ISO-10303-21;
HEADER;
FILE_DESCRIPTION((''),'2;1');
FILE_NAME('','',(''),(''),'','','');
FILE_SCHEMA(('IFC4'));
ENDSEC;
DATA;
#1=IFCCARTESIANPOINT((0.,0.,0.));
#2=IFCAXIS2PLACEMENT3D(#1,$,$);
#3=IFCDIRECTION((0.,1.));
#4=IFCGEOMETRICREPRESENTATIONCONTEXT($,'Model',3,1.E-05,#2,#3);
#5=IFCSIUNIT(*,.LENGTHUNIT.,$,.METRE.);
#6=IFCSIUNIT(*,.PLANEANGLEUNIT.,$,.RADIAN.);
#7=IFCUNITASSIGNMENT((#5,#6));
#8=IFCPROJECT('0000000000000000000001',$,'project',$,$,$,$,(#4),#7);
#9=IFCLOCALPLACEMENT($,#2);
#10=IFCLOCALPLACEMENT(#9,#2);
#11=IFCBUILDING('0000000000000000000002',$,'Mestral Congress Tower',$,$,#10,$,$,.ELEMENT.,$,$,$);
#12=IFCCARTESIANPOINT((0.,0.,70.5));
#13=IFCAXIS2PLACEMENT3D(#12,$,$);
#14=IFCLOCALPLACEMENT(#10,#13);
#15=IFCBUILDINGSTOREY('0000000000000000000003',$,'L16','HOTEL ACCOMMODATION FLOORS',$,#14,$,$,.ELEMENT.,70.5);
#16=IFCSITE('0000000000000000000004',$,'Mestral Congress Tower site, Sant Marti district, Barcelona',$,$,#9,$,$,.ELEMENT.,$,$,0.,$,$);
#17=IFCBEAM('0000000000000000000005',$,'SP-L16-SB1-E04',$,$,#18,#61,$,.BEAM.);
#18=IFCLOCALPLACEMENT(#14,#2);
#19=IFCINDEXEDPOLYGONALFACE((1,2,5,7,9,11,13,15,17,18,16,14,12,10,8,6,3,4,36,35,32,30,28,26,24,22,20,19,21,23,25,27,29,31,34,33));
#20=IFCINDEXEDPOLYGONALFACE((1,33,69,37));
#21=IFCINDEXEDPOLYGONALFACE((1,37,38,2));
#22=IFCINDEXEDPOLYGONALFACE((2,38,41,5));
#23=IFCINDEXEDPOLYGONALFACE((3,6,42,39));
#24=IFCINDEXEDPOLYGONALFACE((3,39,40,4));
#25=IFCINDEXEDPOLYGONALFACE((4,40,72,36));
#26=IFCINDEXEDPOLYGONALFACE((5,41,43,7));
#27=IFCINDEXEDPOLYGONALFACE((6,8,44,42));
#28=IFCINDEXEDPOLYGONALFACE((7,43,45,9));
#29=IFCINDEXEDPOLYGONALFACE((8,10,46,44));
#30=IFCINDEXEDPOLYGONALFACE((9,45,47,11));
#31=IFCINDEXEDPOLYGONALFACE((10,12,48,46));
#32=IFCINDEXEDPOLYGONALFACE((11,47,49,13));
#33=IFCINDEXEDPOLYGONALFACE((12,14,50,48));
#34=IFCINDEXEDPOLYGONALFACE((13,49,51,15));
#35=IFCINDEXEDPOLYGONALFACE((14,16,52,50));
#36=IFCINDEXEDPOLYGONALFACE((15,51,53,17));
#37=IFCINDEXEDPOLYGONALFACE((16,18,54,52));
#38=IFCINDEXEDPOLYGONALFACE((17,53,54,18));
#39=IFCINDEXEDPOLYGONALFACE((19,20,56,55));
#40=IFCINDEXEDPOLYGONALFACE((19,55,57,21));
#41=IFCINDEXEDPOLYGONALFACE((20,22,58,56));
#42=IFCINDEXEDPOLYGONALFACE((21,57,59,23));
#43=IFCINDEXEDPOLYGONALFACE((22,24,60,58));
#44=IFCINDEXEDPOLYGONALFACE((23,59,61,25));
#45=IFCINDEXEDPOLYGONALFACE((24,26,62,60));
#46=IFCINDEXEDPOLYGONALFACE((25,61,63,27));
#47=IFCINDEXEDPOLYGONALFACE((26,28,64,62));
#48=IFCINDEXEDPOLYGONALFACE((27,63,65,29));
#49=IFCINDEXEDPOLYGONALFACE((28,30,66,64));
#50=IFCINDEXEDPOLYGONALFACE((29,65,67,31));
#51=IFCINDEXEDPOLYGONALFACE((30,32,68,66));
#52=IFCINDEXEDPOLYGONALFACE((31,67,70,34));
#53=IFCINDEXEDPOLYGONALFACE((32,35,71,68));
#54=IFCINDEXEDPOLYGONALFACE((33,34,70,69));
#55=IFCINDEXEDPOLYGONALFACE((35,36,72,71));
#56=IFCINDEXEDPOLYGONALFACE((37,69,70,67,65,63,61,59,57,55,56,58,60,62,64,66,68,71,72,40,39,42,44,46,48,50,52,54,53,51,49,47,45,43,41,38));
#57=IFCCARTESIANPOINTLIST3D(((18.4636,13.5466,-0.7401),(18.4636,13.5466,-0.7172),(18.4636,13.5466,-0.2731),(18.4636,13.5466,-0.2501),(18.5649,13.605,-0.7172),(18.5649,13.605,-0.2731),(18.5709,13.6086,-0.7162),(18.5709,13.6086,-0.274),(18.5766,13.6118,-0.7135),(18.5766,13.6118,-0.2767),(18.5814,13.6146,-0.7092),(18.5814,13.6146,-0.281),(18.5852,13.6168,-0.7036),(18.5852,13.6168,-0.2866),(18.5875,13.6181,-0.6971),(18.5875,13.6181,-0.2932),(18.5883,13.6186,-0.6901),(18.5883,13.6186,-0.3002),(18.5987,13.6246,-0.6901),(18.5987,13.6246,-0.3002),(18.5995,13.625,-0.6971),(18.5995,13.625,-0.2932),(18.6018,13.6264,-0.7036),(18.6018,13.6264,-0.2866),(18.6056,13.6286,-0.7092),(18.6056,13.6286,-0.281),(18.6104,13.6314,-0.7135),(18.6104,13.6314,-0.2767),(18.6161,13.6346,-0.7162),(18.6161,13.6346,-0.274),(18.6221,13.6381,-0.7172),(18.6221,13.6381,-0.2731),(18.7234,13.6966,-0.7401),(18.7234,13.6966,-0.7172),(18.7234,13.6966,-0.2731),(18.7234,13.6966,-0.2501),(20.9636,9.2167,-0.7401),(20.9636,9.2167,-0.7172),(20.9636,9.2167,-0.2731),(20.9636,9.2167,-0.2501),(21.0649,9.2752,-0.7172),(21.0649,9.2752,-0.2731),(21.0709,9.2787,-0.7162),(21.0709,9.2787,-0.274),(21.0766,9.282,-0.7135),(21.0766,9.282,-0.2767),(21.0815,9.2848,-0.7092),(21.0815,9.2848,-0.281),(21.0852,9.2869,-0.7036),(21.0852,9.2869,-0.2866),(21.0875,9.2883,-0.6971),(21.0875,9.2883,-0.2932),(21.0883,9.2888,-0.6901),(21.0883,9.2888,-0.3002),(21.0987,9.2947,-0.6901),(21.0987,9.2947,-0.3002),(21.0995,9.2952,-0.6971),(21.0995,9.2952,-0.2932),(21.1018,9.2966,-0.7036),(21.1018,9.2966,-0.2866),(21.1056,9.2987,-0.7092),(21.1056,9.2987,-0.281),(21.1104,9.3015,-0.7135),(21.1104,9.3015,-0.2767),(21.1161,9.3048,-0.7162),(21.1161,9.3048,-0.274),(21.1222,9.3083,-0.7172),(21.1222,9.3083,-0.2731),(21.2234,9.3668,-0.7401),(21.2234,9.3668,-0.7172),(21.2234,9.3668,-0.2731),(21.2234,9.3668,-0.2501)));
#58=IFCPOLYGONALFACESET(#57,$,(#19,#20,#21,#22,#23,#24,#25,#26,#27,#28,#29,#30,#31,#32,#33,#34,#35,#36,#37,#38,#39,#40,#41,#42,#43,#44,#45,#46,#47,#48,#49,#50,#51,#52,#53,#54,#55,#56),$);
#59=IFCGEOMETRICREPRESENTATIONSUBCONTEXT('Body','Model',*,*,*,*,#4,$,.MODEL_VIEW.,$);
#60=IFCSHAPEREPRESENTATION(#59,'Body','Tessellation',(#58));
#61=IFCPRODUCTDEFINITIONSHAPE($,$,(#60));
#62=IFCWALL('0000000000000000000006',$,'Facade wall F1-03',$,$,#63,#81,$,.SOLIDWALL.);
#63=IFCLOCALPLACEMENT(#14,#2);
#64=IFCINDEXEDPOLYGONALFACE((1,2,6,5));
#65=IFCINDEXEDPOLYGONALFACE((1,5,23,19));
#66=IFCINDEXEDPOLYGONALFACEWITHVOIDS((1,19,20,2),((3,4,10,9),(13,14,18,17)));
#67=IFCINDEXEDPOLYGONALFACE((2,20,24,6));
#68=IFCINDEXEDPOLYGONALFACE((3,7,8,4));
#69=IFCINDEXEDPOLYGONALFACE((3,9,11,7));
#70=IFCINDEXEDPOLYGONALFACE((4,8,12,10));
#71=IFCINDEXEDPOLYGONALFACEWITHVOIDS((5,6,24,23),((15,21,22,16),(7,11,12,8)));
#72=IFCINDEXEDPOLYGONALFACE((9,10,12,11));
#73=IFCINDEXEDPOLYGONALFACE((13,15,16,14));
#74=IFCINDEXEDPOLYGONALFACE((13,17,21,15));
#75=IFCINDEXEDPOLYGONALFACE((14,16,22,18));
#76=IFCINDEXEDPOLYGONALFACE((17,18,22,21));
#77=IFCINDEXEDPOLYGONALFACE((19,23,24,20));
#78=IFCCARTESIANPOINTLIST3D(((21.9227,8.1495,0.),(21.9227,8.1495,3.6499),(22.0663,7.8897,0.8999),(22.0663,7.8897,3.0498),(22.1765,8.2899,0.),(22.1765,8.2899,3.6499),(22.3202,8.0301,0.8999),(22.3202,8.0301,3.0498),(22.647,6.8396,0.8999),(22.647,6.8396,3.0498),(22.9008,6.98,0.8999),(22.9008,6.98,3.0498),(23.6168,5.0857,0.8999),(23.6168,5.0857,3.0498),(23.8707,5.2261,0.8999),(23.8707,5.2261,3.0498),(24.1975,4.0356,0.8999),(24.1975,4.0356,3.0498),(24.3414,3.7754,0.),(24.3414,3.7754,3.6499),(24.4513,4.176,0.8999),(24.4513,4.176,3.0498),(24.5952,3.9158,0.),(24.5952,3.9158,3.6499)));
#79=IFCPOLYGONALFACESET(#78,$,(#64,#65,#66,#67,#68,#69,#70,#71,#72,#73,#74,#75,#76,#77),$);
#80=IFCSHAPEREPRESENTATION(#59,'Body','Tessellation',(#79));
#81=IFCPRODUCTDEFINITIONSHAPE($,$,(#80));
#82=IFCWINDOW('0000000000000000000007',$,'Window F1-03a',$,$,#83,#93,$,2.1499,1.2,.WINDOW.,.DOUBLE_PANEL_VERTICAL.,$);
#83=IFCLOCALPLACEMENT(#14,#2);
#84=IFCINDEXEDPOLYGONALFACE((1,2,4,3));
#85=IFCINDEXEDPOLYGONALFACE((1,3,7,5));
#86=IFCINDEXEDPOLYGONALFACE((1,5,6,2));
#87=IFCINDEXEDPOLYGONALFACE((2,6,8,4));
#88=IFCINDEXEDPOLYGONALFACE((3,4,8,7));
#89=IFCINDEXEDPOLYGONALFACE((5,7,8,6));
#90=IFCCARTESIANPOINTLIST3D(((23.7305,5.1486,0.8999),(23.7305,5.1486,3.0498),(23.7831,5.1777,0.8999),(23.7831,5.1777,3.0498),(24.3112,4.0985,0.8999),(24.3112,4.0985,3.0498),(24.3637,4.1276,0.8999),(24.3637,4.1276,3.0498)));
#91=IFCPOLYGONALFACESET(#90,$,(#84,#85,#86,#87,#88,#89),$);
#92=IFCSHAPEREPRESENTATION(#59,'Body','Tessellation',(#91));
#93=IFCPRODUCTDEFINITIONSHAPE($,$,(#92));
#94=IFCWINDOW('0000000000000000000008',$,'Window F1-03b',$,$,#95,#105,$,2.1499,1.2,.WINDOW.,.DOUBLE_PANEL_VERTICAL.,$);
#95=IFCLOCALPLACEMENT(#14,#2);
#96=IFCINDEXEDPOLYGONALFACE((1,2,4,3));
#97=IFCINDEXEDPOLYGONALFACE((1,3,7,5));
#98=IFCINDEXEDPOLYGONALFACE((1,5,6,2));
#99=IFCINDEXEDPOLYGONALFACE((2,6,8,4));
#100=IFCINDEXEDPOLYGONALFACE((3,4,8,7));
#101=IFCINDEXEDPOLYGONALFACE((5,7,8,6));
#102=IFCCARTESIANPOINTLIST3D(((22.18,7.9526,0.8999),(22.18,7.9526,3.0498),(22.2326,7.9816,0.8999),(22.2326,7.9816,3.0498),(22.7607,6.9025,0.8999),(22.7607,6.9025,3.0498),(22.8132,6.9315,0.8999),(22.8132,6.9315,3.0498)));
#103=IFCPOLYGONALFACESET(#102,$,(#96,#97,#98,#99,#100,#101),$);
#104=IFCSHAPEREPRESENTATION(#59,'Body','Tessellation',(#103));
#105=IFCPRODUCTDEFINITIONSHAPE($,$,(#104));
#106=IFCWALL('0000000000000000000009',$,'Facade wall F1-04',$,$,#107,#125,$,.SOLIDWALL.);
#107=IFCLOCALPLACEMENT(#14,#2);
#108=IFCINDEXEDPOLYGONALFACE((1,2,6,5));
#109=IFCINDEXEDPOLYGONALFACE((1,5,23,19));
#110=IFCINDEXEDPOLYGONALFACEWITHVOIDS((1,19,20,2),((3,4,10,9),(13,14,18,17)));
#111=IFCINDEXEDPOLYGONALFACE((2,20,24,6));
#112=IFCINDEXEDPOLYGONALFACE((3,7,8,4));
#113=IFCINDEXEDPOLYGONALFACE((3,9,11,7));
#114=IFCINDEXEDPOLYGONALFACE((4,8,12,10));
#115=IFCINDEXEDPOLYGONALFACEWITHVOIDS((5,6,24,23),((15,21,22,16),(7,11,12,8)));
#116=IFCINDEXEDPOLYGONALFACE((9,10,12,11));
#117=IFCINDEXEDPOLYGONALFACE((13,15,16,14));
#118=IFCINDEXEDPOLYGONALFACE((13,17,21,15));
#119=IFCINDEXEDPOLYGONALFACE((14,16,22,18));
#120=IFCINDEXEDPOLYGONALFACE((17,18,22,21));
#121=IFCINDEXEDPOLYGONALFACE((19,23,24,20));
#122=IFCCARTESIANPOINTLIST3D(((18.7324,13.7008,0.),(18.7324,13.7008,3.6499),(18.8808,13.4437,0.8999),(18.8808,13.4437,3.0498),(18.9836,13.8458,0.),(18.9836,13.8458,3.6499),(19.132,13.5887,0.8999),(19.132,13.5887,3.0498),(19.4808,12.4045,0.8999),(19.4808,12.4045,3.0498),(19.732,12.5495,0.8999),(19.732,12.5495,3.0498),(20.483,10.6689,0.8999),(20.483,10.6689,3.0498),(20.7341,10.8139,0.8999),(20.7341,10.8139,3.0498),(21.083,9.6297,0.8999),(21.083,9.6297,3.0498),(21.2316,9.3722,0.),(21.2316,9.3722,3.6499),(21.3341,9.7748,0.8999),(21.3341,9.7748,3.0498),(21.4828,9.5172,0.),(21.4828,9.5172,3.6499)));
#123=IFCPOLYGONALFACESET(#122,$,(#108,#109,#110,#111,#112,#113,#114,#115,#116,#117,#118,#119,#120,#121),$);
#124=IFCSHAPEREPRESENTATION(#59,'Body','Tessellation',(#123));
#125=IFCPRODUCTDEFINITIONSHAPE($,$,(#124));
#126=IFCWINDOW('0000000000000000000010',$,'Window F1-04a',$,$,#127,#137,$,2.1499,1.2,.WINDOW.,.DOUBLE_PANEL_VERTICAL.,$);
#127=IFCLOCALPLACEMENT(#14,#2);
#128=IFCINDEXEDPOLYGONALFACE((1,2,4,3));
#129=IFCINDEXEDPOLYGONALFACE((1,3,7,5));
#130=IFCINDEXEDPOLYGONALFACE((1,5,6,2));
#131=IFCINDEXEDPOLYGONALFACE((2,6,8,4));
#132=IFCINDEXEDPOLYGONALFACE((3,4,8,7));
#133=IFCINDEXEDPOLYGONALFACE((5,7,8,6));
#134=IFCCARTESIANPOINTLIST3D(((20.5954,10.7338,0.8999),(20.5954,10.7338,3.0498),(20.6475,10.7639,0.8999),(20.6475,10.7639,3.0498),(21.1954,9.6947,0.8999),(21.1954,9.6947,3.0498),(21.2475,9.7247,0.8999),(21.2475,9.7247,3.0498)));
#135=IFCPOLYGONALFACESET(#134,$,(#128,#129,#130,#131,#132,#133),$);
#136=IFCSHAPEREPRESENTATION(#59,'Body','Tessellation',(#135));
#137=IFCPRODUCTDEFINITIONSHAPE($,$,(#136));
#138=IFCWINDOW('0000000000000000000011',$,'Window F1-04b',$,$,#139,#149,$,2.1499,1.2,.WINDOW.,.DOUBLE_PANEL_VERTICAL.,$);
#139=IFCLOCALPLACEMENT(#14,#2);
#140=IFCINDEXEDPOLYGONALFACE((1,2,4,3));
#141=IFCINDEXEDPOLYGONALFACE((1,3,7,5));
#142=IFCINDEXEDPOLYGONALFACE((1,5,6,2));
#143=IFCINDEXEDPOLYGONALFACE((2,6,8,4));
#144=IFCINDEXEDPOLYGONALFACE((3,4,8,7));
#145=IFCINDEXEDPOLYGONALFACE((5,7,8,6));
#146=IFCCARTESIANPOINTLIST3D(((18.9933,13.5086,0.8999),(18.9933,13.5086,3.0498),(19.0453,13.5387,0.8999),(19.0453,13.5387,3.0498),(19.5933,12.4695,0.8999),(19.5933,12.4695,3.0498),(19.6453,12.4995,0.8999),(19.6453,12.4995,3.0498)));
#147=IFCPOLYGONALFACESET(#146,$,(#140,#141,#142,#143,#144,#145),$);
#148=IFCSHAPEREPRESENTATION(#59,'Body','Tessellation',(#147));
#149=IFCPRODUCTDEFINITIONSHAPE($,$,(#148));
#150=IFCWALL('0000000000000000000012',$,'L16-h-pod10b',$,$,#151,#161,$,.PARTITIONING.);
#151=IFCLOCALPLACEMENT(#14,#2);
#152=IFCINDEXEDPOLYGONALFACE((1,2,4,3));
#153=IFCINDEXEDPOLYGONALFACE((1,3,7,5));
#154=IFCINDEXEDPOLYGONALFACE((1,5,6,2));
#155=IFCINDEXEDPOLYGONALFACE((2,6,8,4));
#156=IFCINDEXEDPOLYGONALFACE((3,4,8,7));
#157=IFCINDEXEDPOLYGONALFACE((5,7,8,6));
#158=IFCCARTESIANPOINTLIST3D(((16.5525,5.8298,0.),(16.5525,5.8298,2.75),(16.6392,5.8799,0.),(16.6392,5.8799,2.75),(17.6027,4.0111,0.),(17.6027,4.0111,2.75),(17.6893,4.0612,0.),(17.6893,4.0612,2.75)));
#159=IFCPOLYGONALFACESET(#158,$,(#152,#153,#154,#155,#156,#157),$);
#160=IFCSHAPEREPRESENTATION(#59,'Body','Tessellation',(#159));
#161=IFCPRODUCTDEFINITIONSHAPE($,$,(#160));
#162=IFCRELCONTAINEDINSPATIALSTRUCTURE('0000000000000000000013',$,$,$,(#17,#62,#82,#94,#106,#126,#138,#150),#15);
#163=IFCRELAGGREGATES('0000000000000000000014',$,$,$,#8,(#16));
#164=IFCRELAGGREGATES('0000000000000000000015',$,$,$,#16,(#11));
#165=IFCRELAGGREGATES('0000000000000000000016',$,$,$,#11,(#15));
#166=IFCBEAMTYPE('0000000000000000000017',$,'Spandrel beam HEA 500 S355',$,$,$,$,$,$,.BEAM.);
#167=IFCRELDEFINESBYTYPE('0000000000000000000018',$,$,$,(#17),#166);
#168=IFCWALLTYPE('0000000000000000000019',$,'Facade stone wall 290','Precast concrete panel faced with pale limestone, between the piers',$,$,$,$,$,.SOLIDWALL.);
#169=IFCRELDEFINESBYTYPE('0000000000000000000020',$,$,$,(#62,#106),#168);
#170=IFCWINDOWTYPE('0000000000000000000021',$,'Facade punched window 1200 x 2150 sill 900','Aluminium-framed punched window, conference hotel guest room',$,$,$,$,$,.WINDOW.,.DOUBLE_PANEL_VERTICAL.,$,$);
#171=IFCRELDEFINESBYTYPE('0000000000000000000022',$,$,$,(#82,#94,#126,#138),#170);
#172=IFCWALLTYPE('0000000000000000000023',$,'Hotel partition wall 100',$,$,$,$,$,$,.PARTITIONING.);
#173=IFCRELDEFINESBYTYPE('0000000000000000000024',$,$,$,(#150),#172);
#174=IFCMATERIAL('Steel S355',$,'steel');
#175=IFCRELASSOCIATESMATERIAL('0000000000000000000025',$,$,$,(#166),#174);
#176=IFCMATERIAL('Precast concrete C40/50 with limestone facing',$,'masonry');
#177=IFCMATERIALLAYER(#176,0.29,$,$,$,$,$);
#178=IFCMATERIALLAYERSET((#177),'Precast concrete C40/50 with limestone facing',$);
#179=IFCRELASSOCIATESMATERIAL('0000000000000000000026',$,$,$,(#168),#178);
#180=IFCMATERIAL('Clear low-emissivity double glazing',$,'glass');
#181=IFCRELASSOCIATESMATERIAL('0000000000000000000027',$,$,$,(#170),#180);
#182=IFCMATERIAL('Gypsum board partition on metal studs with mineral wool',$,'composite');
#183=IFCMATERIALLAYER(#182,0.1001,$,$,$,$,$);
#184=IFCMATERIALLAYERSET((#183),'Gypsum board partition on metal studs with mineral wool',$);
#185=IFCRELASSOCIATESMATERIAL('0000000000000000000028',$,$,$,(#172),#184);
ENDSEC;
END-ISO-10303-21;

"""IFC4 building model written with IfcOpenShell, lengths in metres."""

from ifc_helpers import new_model, si_unit, direction, frame, frame_2d, origin, origin_2d, place, context, subcontext, project, spatial, rectangle, i_section, extrude, material, layer, layer_set, material_profile, profile_set, type_object, element, fill, save


model = new_model("IFC4")

# Units and contexts
model_context = context("Model", 3, precision=1e-05, world=origin(), true_north=direction((0.0, 1.0)))
body_context = subcontext(model_context, "Body", "Model", "MODEL_VIEW")
ifc_project = project(units=[si_unit("LENGTHUNIT", "METRE"), si_unit("PLANEANGLEUNIT", "RADIAN")], contexts=[model_context])

# Site, building, storey
site_placement = place(None, origin())
site = spatial("IfcSite", under=ifc_project, at=site_placement, Name="Mestral Congress Tower site, Sant Marti district, Barcelona", CompositionType="ELEMENT", RefElevation=0.0)
building_placement = place(site_placement, origin())
building = spatial("IfcBuilding", under=site, at=building_placement, Name="Mestral Congress Tower", CompositionType="ELEMENT")
storey_placement = place(building_placement, frame((0.0, 0.0, 70.5)))
storey = spatial("IfcBuildingStorey", under=building, at=storey_placement, Name="L16", Description="HOTEL ACCOMMODATION FLOORS", CompositionType="ELEMENT", Elevation=70.5)

# Beam
ifc_material_1 = material(Name="Steel S355", Category="steel")
ifc_material_profile_1 = material_profile(ifc_material_1, i_section(OverallWidth=0.3, OverallDepth=0.49, WebThickness=0.012, FlangeThickness=0.0229, FilletRadius=0.0271, at=origin_2d()), Name="HEA 500")
ifc_profile_set_1 = profile_set([ifc_material_profile_1], Name="Steel S355")
beam_type_1 = type_object("IfcBeamType", Name="Spandrel beam HEA 500 S355", PredefinedType="BEAM", material=ifc_profile_set_1)
for number, where, z_axis, x_axis, name in (
    (1, (21.0935, 9.2917, -0.4951), (-0.500025, 0.866011, 0.0), (-0.866011, -0.500025, 0.0), "SP-L16-SB1-E04"),
):
    element("IfcBeam", number, at=place(storey_placement, frame(where, z_axis=z_axis, x_axis=x_axis)), inside=storey, type_object=beam_type_1, Name=name, PredefinedType="BEAM", context=body_context, shape_type="SweptSolid", body=[
        extrude(i_section(OverallWidth=0.3, OverallDepth=0.49, WebThickness=0.012, FlangeThickness=0.0229, FilletRadius=0.0271, at=origin_2d()), origin(), (0.0, 0.0, 1.0), 4.9998),
    ])

# Walls, openings, windows
ifc_material_2 = material(Name="Precast concrete C40/50 with limestone facing", Category="masonry")
ifc_layer_1 = layer(ifc_material_2, 0.29)
ifc_layer_set_1 = layer_set([ifc_layer_1], Name="Precast concrete C40/50 with limestone facing")
wall_type_1 = type_object("IfcWallType", Name="Facade stone wall 290", Description="Precast concrete panel faced with pale limestone, between the piers", PredefinedType="SOLIDWALL", material=ifc_layer_set_1)
wall_1_placement = place(storey_placement, frame((24.4683, 3.8457, 0.0), z_axis=(0.0, 0.0, 1.0), x_axis=(-0.483913, 0.875116, 0.0)))
wall_1 = element("IfcWall", 2, at=wall_1_placement, inside=storey, type_object=wall_type_1, Name="Facade wall F1-03", PredefinedType="SOLIDWALL", context=body_context, shape_type="SweptSolid", body=[
    extrude(rectangle(XDim=4.9983, YDim=0.29, at=frame_2d((2.499, 0.0))), origin(), (0.0, 0.0, 1.0), 3.6499),
])
opening_1_placement = place(wall_1_placement, frame((0.2971, 0.0, 0.8999)))
opening_1 = element("IfcOpeningElement", 3, at=opening_1_placement, cuts=wall_1, PredefinedType="OPENING", context=body_context, shape_type="SweptSolid", body=[
    extrude(rectangle(XDim=1.2, YDim=2.1499, at=frame_2d((0.6001, 1.075))), frame((0.0, 0.155, 0.0), z_axis=(0.0, -1.0, 0.0), x_axis=(1.0, 0.0, 0.0)), (0.0, 0.0, 1.0), 0.3101),
])
opening_2_placement = place(wall_1_placement, frame((3.5012, 0.0, 0.8999)))
opening_2 = element("IfcOpeningElement", 4, at=opening_2_placement, cuts=wall_1, PredefinedType="OPENING", context=body_context, shape_type="SweptSolid", body=[
    extrude(rectangle(XDim=1.2, YDim=2.1499, at=frame_2d((0.6001, 1.075))), frame((0.0, 0.155, 0.0), z_axis=(0.0, -1.0, 0.0), x_axis=(1.0, 0.0, 0.0)), (0.0, 0.0, 1.0), 0.3101),
])
ifc_material_3 = material(Name="Clear low-emissivity double glazing", Category="glass")
window_type = type_object("IfcWindowType", Name="Facade punched window 1200 x 2150 sill 900", Description="Aluminium-framed punched window, conference hotel guest room", PartitioningType="DOUBLE_PANEL_VERTICAL", PredefinedType="WINDOW", material=ifc_material_3)
window_1_placement = place(opening_1_placement, origin())
window_1 = element("IfcWindow", 5, at=window_1_placement, inside=storey, type_object=window_type, Name="Window F1-03a", OverallHeight=2.1499, OverallWidth=1.2, PartitioningType="DOUBLE_PANEL_VERTICAL", PredefinedType="WINDOW", context=body_context, shape_type="SweptSolid", body=[
    extrude(rectangle(XDim=1.2, YDim=2.1499, at=frame_2d((0.6001, 1.075))), frame((0.0, 0.0151, 0.0), z_axis=(0.0, -1.0, 0.0), x_axis=(1.0, 0.0, 0.0)), (0.0, 0.0, 1.0), 0.0601),
])
fill(opening_1, window_1)
window_2_placement = place(opening_2_placement, origin())
window_2 = element("IfcWindow", 6, at=window_2_placement, inside=storey, type_object=window_type, Name="Window F1-03b", OverallHeight=2.1499, OverallWidth=1.2, PartitioningType="DOUBLE_PANEL_VERTICAL", PredefinedType="WINDOW", context=body_context, shape_type="SweptSolid", body=[
    extrude(rectangle(XDim=1.2, YDim=2.1499, at=frame_2d((0.6001, 1.075))), frame((0.0, 0.0151, 0.0), z_axis=(0.0, -1.0, 0.0), x_axis=(1.0, 0.0, 0.0)), (0.0, 0.0, 1.0), 0.0601),
])
fill(opening_2, window_2)
wall_2_placement = place(storey_placement, frame((21.3572, 9.4448, 0.0), z_axis=(0.0, 0.0, 1.0), x_axis=(-0.500021, 0.866013, 0.0)))
wall_2 = element("IfcWall", 7, at=wall_2_placement, inside=storey, type_object=wall_type_1, Name="Facade wall F1-04", PredefinedType="SOLIDWALL", context=body_context, shape_type="SweptSolid", body=[
    extrude(rectangle(XDim=4.9983, YDim=0.29, at=frame_2d((2.499, 0.0))), origin(), (0.0, 0.0, 1.0), 3.6499),
])
opening_3_placement = place(wall_2_placement, frame((0.2971, 0.0, 0.8999)))
opening_3 = element("IfcOpeningElement", 8, at=opening_3_placement, cuts=wall_2, PredefinedType="OPENING", context=body_context, shape_type="SweptSolid", body=[
    extrude(rectangle(XDim=1.2, YDim=2.1499, at=frame_2d((0.6001, 1.075))), frame((0.0, 0.155, 0.0), z_axis=(0.0, -1.0, 0.0), x_axis=(1.0, 0.0, 0.0)), (0.0, 0.0, 1.0), 0.3101),
])
opening_4_placement = place(wall_2_placement, frame((3.5012, 0.0, 0.8999)))
opening_4 = element("IfcOpeningElement", 9, at=opening_4_placement, cuts=wall_2, PredefinedType="OPENING", context=body_context, shape_type="SweptSolid", body=[
    extrude(rectangle(XDim=1.2, YDim=2.1499, at=frame_2d((0.6001, 1.075))), frame((0.0, 0.155, 0.0), z_axis=(0.0, -1.0, 0.0), x_axis=(1.0, 0.0, 0.0)), (0.0, 0.0, 1.0), 0.3101),
])
window_3_placement = place(opening_3_placement, origin())
window_3 = element("IfcWindow", 10, at=window_3_placement, inside=storey, type_object=window_type, Name="Window F1-04a", OverallHeight=2.1499, OverallWidth=1.2, PartitioningType="DOUBLE_PANEL_VERTICAL", PredefinedType="WINDOW", context=body_context, shape_type="SweptSolid", body=[
    extrude(rectangle(XDim=1.2, YDim=2.1499, at=frame_2d((0.6001, 1.075))), frame((0.0, 0.0151, 0.0), z_axis=(0.0, -1.0, 0.0), x_axis=(1.0, 0.0, 0.0)), (0.0, 0.0, 1.0), 0.0601),
])
fill(opening_3, window_3)
window_4_placement = place(opening_4_placement, origin())
window_4 = element("IfcWindow", 11, at=window_4_placement, inside=storey, type_object=window_type, Name="Window F1-04b", OverallHeight=2.1499, OverallWidth=1.2, PartitioningType="DOUBLE_PANEL_VERTICAL", PredefinedType="WINDOW", context=body_context, shape_type="SweptSolid", body=[
    extrude(rectangle(XDim=1.2, YDim=2.1499, at=frame_2d((0.6001, 1.075))), frame((0.0, 0.0151, 0.0), z_axis=(0.0, -1.0, 0.0), x_axis=(1.0, 0.0, 0.0)), (0.0, 0.0, 1.0), 0.0601),
])
fill(opening_4, window_4)

# Wall
ifc_material_4 = material(Name="Gypsum board partition on metal studs with mineral wool", Category="composite")
ifc_layer_2 = layer(ifc_material_4, 0.1001)
ifc_layer_set_2 = layer_set([ifc_layer_2], Name="Gypsum board partition on metal studs with mineral wool")
wall_type_2 = type_object("IfcWallType", Name="Hotel partition wall 100", PredefinedType="PARTITIONING", material=ifc_layer_set_2)
wall_3_placement = place(storey_placement, frame((17.646, 4.0361, 0.0), z_axis=(0.0, 0.0, 1.0), x_axis=(-0.500028, 0.866009, 0.0)))
element("IfcWall", 12, at=wall_3_placement, inside=storey, type_object=wall_type_2, Name="L16-h-pod10b", PredefinedType="PARTITIONING", context=body_context, shape_type="SweptSolid", body=[
    extrude(rectangle(XDim=2.1001, YDim=0.1001, at=frame_2d((1.05, 0.0))), origin(), (0.0, 0.0, 1.0), 2.75),
])

save(model, "model.ifc")
